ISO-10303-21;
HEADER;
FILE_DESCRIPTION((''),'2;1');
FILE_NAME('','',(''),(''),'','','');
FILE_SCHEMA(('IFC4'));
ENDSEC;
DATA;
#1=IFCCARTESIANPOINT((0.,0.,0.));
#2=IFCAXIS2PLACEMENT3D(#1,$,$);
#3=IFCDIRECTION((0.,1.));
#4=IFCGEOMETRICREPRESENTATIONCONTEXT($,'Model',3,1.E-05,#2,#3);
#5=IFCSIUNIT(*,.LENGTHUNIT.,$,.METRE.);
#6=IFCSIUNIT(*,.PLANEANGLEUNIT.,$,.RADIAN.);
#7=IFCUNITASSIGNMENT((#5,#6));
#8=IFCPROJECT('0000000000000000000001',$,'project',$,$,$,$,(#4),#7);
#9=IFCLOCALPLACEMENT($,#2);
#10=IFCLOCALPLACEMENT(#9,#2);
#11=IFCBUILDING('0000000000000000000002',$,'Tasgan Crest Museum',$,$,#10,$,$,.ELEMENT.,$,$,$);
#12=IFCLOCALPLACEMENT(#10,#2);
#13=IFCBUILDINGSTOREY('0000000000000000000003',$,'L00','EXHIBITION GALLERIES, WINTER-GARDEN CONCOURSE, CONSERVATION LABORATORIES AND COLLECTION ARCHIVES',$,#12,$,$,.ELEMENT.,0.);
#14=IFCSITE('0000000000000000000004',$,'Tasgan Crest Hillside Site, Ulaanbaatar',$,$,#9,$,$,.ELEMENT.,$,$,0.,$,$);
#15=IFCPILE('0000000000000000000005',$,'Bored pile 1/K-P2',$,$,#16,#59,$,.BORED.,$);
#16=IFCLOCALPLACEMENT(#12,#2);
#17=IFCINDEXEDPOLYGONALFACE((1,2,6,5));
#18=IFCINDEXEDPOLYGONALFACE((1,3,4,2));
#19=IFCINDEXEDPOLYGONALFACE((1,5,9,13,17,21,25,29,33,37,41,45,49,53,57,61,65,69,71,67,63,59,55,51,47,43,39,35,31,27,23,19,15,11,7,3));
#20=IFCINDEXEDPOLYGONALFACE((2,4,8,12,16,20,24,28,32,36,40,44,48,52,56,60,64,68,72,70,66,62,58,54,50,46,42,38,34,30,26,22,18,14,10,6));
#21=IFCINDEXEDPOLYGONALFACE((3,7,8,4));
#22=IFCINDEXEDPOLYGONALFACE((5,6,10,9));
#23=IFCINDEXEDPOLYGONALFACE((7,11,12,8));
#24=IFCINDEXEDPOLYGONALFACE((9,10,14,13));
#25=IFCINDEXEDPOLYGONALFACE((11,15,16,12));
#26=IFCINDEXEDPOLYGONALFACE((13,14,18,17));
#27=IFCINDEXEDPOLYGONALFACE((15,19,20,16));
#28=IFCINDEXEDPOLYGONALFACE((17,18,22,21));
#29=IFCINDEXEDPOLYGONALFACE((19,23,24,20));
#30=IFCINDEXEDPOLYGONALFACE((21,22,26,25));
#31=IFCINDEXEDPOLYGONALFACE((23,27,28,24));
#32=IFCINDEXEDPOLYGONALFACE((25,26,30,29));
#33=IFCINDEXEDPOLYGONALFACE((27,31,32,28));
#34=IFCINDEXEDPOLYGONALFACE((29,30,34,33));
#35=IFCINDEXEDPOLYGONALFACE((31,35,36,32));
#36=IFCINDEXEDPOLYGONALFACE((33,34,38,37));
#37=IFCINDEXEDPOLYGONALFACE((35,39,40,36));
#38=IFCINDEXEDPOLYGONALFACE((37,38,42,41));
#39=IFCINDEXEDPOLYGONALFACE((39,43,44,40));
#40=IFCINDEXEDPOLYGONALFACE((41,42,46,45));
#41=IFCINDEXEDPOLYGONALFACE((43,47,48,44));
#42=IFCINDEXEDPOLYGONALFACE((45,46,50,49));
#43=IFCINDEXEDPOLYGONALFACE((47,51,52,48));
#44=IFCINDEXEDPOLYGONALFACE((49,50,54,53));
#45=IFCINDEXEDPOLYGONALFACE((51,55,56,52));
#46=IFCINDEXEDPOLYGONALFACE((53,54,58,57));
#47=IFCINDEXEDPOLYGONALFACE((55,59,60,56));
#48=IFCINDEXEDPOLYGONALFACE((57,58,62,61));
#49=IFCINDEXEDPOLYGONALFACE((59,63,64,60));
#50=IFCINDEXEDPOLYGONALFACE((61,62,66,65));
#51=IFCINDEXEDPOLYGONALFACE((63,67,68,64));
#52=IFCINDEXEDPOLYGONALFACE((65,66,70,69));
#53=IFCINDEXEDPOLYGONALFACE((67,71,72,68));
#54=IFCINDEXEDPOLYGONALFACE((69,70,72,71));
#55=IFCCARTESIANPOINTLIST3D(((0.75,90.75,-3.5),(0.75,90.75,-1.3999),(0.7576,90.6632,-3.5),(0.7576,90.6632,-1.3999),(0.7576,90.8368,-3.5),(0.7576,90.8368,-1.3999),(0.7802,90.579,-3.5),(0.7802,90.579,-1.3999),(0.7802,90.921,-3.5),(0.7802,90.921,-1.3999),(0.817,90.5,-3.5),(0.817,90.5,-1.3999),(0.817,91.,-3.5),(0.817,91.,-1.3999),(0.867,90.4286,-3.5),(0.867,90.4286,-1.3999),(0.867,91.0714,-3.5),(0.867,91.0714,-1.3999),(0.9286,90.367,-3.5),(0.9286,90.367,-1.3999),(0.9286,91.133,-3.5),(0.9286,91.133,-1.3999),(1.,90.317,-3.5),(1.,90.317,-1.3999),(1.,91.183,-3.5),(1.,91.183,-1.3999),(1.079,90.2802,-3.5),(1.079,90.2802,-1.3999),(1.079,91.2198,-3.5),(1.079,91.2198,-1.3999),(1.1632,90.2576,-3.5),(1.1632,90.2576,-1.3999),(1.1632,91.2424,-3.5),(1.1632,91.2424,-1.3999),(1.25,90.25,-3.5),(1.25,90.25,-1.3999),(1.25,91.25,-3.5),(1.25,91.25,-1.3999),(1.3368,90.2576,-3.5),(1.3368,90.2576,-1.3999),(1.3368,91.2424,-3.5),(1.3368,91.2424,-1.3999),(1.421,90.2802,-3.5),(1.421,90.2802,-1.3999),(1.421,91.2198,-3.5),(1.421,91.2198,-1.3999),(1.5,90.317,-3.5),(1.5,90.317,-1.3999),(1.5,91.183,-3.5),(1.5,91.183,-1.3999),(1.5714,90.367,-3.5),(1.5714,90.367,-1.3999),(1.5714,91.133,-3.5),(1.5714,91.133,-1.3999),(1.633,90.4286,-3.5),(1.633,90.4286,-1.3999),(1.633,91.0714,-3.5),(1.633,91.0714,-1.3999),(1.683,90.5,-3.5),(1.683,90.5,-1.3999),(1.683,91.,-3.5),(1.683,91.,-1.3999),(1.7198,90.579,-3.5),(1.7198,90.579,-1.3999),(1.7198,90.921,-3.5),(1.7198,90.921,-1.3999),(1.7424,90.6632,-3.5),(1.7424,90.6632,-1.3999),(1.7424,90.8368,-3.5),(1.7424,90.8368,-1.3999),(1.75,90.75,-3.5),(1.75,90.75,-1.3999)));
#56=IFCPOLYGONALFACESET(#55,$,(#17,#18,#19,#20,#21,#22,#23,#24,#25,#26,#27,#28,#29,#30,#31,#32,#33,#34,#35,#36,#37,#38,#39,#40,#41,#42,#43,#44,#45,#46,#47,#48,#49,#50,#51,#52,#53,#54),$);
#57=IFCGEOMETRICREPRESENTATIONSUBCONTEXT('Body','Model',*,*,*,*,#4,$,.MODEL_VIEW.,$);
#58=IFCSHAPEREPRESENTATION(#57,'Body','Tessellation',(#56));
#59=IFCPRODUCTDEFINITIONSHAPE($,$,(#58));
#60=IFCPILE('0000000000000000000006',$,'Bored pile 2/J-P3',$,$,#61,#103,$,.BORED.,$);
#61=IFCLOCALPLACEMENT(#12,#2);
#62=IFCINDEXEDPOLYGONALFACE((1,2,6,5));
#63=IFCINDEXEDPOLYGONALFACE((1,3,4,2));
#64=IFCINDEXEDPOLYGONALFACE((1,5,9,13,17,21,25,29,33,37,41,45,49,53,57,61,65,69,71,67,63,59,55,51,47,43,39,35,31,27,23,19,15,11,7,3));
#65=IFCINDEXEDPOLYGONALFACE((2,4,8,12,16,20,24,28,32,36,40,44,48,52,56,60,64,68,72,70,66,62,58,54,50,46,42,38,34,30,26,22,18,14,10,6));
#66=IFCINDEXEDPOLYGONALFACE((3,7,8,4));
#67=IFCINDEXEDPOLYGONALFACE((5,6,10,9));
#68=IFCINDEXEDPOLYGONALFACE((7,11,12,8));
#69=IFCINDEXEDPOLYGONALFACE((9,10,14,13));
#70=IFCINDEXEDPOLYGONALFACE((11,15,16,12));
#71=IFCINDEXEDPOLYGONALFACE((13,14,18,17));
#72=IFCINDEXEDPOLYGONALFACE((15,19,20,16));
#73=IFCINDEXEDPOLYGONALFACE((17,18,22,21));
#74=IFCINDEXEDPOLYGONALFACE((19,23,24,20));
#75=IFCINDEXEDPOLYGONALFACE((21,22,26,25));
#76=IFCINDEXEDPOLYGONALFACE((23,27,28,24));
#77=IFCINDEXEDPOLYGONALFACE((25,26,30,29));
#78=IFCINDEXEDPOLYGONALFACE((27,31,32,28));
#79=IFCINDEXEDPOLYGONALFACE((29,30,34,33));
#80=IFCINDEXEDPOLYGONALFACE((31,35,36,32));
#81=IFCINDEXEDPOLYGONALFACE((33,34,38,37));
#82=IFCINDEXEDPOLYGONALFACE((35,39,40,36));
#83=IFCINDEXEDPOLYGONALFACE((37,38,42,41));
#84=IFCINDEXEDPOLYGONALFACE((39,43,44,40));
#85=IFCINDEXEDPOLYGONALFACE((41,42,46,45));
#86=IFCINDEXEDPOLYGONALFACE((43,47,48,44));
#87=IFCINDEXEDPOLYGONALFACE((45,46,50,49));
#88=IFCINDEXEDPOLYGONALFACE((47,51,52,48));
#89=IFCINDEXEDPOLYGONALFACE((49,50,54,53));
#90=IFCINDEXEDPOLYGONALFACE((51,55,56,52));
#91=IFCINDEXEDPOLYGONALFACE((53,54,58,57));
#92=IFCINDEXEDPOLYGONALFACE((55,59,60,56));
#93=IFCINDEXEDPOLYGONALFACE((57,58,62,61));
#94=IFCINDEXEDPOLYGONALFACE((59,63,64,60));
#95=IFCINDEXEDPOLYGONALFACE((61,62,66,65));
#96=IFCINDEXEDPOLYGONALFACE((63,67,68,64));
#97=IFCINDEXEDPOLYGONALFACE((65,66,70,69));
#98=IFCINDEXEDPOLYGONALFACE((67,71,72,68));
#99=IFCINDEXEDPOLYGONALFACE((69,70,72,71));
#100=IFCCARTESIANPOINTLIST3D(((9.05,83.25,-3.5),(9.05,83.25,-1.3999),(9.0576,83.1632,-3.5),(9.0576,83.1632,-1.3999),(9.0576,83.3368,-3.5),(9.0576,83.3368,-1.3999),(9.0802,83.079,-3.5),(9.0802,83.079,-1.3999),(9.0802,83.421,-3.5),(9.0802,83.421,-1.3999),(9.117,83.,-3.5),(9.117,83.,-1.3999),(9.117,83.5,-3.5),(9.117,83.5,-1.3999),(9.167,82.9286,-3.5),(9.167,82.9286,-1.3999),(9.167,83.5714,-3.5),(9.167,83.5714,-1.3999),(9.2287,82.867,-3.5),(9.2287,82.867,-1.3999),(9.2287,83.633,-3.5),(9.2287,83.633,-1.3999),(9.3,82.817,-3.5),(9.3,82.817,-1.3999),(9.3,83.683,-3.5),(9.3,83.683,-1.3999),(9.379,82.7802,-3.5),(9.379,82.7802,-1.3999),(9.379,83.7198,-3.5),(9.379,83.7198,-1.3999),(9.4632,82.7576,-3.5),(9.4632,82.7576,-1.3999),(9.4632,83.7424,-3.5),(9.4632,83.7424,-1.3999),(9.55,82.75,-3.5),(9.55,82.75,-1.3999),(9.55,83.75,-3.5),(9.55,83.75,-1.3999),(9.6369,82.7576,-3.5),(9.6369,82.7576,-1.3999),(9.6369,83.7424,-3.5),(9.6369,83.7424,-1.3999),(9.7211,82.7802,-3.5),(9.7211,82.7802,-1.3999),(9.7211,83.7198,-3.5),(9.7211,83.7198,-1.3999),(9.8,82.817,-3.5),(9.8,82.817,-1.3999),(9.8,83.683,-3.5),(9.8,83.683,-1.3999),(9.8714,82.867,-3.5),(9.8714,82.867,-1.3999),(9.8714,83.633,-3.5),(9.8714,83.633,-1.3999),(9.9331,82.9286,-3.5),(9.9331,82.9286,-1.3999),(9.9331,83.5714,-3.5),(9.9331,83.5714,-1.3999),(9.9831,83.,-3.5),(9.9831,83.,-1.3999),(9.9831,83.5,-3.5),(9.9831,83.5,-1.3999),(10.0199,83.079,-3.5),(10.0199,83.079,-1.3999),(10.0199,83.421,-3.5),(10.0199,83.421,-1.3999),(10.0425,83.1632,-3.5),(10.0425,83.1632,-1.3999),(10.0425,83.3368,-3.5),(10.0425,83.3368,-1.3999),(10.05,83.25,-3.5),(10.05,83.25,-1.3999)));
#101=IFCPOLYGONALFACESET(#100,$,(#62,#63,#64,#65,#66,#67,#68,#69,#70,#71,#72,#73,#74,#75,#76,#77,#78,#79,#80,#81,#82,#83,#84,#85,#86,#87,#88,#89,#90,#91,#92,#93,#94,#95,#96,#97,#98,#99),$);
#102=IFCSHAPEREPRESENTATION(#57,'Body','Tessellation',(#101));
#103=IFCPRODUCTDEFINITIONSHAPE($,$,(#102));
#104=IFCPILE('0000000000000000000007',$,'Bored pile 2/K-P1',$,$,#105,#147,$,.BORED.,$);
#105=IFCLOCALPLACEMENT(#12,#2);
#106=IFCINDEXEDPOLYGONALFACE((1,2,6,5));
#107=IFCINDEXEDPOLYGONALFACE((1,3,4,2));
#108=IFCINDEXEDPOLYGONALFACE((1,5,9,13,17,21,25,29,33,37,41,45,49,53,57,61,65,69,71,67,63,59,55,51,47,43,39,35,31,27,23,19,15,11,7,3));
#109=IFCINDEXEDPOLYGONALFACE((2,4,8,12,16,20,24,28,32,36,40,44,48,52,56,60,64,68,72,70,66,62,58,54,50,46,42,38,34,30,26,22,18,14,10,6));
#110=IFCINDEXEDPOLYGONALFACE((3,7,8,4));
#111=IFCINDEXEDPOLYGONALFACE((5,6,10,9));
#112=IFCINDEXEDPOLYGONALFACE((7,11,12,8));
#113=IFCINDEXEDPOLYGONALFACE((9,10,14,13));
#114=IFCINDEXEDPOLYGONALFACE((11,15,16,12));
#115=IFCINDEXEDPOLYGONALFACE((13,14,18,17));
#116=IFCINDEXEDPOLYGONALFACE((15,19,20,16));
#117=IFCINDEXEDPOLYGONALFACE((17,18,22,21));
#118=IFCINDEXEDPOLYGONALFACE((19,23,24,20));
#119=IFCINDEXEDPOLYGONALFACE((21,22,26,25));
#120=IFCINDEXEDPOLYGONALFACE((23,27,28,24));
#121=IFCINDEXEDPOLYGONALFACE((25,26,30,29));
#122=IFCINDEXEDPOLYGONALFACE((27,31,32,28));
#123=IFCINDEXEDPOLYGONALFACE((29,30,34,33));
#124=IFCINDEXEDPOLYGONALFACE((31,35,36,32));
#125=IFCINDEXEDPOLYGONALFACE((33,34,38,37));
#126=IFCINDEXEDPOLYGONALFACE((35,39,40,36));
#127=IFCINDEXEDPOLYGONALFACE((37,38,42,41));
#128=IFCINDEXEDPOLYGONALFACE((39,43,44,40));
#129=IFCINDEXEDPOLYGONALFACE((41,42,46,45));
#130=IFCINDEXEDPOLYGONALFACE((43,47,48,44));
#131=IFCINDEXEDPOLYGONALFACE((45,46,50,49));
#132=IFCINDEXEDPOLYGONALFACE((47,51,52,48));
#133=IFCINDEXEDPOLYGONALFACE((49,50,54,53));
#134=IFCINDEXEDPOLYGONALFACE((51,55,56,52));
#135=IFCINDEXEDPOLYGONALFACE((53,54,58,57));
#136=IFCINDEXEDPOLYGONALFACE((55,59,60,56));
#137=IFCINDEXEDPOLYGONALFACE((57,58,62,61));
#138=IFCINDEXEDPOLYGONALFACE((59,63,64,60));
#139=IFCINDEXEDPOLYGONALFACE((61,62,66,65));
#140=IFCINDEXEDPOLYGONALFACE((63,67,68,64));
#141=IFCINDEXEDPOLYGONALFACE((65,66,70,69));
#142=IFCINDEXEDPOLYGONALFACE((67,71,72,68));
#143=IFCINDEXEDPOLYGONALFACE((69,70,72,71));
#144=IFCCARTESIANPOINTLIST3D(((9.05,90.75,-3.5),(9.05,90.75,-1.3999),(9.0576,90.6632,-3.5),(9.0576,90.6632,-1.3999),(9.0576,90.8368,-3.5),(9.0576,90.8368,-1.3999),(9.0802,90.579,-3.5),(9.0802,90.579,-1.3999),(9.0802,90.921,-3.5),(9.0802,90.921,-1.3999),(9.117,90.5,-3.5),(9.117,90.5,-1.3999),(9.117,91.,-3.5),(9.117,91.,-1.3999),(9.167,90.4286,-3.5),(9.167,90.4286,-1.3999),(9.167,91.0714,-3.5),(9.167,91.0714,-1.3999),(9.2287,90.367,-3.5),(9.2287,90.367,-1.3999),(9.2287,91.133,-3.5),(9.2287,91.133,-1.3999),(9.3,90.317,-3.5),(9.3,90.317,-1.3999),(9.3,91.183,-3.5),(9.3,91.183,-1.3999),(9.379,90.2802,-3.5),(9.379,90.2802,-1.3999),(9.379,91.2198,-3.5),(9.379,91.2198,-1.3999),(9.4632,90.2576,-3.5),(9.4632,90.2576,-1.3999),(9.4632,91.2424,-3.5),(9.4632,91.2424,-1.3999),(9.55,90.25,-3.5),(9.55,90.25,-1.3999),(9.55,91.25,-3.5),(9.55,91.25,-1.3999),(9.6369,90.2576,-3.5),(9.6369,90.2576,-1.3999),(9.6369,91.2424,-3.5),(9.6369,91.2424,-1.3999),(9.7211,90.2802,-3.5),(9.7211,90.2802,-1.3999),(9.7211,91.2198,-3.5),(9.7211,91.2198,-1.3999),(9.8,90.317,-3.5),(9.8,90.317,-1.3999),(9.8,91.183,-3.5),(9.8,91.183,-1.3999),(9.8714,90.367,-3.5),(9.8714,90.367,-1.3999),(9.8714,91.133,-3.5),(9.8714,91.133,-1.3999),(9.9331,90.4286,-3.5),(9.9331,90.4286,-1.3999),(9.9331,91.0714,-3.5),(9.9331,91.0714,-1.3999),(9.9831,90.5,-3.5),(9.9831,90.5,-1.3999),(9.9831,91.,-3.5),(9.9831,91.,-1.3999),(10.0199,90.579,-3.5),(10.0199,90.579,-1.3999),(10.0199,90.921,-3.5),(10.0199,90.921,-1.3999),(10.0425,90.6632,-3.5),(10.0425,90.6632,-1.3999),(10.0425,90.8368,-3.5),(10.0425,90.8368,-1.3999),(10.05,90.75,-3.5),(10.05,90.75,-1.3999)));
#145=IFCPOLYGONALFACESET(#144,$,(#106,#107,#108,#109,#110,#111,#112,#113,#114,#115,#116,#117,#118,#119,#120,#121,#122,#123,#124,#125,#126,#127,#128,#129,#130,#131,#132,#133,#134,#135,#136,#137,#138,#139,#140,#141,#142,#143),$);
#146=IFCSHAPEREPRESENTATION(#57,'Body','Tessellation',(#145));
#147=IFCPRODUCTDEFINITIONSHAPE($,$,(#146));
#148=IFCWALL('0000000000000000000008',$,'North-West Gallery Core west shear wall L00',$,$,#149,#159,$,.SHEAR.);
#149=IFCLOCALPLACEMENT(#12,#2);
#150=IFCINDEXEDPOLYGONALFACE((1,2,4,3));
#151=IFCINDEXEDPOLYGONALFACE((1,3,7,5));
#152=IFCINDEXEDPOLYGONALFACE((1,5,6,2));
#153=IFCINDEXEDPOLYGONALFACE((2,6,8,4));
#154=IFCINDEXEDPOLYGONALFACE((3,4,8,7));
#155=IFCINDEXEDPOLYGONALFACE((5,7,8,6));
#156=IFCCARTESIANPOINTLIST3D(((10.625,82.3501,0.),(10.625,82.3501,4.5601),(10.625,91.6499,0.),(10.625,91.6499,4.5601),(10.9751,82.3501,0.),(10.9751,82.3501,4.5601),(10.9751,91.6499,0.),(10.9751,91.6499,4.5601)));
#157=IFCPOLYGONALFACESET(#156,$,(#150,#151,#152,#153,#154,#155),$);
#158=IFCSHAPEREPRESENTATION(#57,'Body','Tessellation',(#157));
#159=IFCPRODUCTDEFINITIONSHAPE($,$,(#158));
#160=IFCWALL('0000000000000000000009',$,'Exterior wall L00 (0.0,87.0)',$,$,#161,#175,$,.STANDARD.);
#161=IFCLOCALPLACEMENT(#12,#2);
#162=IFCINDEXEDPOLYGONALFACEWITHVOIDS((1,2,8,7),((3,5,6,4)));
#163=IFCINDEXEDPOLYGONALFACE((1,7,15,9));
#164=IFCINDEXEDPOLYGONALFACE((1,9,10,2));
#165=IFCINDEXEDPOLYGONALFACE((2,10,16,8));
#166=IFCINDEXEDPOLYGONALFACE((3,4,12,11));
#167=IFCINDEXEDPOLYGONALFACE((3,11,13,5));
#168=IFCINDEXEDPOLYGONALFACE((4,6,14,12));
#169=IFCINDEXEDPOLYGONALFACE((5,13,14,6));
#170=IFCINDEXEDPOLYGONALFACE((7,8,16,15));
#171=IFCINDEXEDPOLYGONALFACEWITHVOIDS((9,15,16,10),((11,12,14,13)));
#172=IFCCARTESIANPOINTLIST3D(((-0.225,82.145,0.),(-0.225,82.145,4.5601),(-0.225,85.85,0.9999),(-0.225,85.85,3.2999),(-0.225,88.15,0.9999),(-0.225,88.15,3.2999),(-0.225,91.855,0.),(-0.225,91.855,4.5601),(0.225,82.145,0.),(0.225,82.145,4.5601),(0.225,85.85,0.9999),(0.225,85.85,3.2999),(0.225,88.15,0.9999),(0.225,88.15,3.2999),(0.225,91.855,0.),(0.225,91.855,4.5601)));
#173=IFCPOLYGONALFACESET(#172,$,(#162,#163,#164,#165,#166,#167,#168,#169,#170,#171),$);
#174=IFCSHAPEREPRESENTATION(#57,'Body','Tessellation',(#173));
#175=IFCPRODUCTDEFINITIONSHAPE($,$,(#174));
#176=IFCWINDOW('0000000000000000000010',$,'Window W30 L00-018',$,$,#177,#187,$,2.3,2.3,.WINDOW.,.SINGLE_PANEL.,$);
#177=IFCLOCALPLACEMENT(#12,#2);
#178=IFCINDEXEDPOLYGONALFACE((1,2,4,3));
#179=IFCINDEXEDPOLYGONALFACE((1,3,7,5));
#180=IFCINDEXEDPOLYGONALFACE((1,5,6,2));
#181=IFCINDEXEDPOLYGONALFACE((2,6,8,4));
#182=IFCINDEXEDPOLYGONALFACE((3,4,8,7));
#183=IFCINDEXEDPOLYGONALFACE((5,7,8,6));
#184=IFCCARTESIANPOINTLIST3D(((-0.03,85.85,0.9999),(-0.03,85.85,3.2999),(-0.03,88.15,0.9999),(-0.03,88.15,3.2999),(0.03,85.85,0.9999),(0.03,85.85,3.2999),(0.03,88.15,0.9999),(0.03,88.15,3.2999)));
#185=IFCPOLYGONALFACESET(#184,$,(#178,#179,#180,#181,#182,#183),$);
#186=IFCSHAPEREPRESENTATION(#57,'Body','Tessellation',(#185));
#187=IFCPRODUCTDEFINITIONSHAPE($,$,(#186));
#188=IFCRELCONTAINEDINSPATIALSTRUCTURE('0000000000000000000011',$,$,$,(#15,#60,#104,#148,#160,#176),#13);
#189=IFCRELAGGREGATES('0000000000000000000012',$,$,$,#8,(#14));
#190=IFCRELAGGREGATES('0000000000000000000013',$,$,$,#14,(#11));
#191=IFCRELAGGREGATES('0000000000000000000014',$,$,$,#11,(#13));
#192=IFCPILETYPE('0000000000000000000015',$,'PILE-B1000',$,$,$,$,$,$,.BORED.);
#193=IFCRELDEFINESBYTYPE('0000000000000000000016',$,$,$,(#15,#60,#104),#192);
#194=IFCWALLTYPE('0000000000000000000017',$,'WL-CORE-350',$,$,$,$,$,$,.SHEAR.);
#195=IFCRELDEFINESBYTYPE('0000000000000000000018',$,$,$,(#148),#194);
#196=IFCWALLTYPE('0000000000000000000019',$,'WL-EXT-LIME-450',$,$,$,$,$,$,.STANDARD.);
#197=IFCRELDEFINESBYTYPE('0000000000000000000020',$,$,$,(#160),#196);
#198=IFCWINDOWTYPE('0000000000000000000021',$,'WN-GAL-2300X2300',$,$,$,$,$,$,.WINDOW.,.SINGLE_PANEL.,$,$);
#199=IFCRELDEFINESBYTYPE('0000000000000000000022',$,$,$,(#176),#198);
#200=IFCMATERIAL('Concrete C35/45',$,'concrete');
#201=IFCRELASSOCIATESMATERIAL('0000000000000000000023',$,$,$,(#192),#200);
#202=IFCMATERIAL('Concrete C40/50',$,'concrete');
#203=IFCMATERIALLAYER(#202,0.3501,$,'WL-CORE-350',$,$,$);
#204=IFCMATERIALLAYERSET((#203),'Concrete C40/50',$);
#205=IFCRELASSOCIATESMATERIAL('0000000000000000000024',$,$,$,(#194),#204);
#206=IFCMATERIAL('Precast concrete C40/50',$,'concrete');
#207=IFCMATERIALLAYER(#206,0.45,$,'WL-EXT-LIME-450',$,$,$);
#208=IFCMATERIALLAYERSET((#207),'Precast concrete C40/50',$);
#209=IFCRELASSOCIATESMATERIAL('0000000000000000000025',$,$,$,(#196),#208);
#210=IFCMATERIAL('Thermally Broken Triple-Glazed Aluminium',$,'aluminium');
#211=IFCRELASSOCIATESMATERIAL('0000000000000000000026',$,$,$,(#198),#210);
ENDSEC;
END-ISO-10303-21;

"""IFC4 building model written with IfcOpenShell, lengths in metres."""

from ifc_helpers import new_model, si_unit, direction, frame, frame_2d, origin, origin_2d, place, context, subcontext, project, spatial, rectangle, circle, extrude, material, layer, layer_set, material_profile, profile_set, type_object, element, fill, save


model = new_model("IFC4")

# Units and contexts
model_context = context("Model", 3, precision=1e-05, world=origin(), true_north=direction((0.0, 1.0)))
body_context = subcontext(model_context, "Body", "Model", "MODEL_VIEW")
ifc_project = project(units=[si_unit("LENGTHUNIT", "METRE"), si_unit("PLANEANGLEUNIT", "RADIAN")], contexts=[model_context])

# Site, building, storey
site_placement = place(None, origin())
site = spatial("IfcSite", under=ifc_project, at=site_placement, Name="Tasgan Crest Hillside Site, Ulaanbaatar", CompositionType="ELEMENT", RefElevation=0.0)
building_placement = place(site_placement, origin())
building = spatial("IfcBuilding", under=site, at=building_placement, Name="Tasgan Crest Museum", CompositionType="ELEMENT")
storey_placement = place(building_placement, origin())
storey = spatial("IfcBuildingStorey", under=building, at=storey_placement, Name="L00", Description="EXHIBITION GALLERIES, WINTER-GARDEN CONCOURSE, CONSERVATION LABORATORIES AND COLLECTION ARCHIVES", CompositionType="ELEMENT", Elevation=0.0)

# Piles
ifc_material_1 = material(Name="Concrete C35/45", Category="concrete")
ifc_material_profile_1 = material_profile(ifc_material_1, circle(Radius=0.5, at=origin_2d()), Name="PILE D1000")
ifc_profile_set_1 = profile_set([ifc_material_profile_1], Name="Concrete C35/45")
pile_type = type_object("IfcPileType", Name="PILE-B1000", PredefinedType="BORED", material=ifc_profile_set_1)
for number, where, z_axis, x_axis, name in (
    (1, (1.25, 90.75, -1.3999), (0.0, 0.0, -1.0), (1.0, 0.0, 0.0), "Bored pile 1/K-P2"),
    (2, (9.55, 83.25, -1.3999), (0.0, 0.0, -1.0), (1.0, 0.0, 0.0), "Bored pile 2/J-P3"),
    (3, (9.55, 90.75, -1.3999), (0.0, 0.0, -1.0), (1.0, 0.0, 0.0), "Bored pile 2/K-P1"),
):
    element("IfcPile", number, at=place(storey_placement, frame(where, z_axis=z_axis, x_axis=x_axis)), inside=storey, type_object=pile_type, Name=name, PredefinedType="BORED", context=body_context, shape_type="SweptSolid", body=[
        extrude(circle(Radius=0.5, at=origin_2d()), origin(), (0.0, 0.0, 1.0), 2.1001),
    ])

# Wall
ifc_material_2 = material(Name="Concrete C40/50", Category="concrete")
ifc_layer_1 = layer(ifc_material_2, 0.3501, Name="WL-CORE-350")
ifc_layer_set_1 = layer_set([ifc_layer_1], Name="Concrete C40/50")
wall_type_1 = type_object("IfcWallType", Name="WL-CORE-350", PredefinedType="SHEAR", material=ifc_layer_set_1)
wall_1_placement = place(storey_placement, frame((10.8, 82.3501, 0.0), z_axis=(0.0, 0.0, 1.0), x_axis=(0.0, 1.0, 0.0)))
element("IfcWall", 4, at=wall_1_placement, inside=storey, type_object=wall_type_1, Name="North-West Gallery Core west shear wall L00", PredefinedType="SHEAR", context=body_context, shape_type="SweptSolid", body=[
    extrude(rectangle(XDim=9.2998, YDim=0.3501, at=frame_2d((4.6499, 0.0))), origin(), (0.0, 0.0, 1.0), 4.5601),
])

# Wall, opening, window
ifc_material_3 = material(Name="Precast concrete C40/50", Category="concrete")
ifc_layer_2 = layer(ifc_material_3, 0.45, Name="WL-EXT-LIME-450")
ifc_layer_set_2 = layer_set([ifc_layer_2], Name="Precast concrete C40/50")
wall_type_2 = type_object("IfcWallType", Name="WL-EXT-LIME-450", PredefinedType="STANDARD", material=ifc_layer_set_2)
wall_2_placement = place(storey_placement, frame((0.0, 91.855, 0.0), z_axis=(0.0, 0.0, 1.0), x_axis=(0.0, -1.0, 0.0)))
wall_2 = element("IfcWall", 5, at=wall_2_placement, inside=storey, type_object=wall_type_2, Name="Exterior wall L00 (0.0,87.0)", PredefinedType="STANDARD", context=body_context, shape_type="SweptSolid", body=[
    extrude(rectangle(XDim=9.71, YDim=0.45, at=frame_2d((4.855, 0.0))), origin(), (0.0, 0.0, 1.0), 4.5601),
])
opening_1_placement = place(wall_2_placement, frame((3.7051, 0.0, 1.0)))
opening_1 = element("IfcOpeningElement", 6, at=opening_1_placement, cuts=wall_2, PredefinedType="OPENING", context=body_context, shape_type="SweptSolid", body=[
    extrude(rectangle(XDim=2.3, YDim=2.3, at=frame_2d((1.1499, 1.1499))), frame((0.0, 0.2349, 0.0), z_axis=(0.0, -1.0, 0.0), x_axis=(1.0, 0.0, 0.0)), (0.0, 0.0, 1.0), 0.47),
])
ifc_material_4 = material(Name="Thermally Broken Triple-Glazed Aluminium", Category="aluminium")
window_type = type_object("IfcWindowType", Name="WN-GAL-2300X2300", PartitioningType="SINGLE_PANEL", PredefinedType="WINDOW", material=ifc_material_4)
window_placement = place(opening_1_placement, origin())
window = element("IfcWindow", 7, at=window_placement, inside=storey, type_object=window_type, Name="Window W30 L00-018", OverallHeight=2.3, OverallWidth=2.3, PartitioningType="SINGLE_PANEL", PredefinedType="WINDOW", context=body_context, shape_type="SweptSolid", body=[
    extrude(rectangle(XDim=2.3, YDim=2.3, at=frame_2d((1.1499, 1.1499))), frame((0.0, 0.03, 0.0), z_axis=(0.0, -1.0, 0.0), x_axis=(1.0, 0.0, 0.0)), (0.0, 0.0, 1.0), 0.0601),
])
fill(opening_1, window)

save(model, "model.ifc")
